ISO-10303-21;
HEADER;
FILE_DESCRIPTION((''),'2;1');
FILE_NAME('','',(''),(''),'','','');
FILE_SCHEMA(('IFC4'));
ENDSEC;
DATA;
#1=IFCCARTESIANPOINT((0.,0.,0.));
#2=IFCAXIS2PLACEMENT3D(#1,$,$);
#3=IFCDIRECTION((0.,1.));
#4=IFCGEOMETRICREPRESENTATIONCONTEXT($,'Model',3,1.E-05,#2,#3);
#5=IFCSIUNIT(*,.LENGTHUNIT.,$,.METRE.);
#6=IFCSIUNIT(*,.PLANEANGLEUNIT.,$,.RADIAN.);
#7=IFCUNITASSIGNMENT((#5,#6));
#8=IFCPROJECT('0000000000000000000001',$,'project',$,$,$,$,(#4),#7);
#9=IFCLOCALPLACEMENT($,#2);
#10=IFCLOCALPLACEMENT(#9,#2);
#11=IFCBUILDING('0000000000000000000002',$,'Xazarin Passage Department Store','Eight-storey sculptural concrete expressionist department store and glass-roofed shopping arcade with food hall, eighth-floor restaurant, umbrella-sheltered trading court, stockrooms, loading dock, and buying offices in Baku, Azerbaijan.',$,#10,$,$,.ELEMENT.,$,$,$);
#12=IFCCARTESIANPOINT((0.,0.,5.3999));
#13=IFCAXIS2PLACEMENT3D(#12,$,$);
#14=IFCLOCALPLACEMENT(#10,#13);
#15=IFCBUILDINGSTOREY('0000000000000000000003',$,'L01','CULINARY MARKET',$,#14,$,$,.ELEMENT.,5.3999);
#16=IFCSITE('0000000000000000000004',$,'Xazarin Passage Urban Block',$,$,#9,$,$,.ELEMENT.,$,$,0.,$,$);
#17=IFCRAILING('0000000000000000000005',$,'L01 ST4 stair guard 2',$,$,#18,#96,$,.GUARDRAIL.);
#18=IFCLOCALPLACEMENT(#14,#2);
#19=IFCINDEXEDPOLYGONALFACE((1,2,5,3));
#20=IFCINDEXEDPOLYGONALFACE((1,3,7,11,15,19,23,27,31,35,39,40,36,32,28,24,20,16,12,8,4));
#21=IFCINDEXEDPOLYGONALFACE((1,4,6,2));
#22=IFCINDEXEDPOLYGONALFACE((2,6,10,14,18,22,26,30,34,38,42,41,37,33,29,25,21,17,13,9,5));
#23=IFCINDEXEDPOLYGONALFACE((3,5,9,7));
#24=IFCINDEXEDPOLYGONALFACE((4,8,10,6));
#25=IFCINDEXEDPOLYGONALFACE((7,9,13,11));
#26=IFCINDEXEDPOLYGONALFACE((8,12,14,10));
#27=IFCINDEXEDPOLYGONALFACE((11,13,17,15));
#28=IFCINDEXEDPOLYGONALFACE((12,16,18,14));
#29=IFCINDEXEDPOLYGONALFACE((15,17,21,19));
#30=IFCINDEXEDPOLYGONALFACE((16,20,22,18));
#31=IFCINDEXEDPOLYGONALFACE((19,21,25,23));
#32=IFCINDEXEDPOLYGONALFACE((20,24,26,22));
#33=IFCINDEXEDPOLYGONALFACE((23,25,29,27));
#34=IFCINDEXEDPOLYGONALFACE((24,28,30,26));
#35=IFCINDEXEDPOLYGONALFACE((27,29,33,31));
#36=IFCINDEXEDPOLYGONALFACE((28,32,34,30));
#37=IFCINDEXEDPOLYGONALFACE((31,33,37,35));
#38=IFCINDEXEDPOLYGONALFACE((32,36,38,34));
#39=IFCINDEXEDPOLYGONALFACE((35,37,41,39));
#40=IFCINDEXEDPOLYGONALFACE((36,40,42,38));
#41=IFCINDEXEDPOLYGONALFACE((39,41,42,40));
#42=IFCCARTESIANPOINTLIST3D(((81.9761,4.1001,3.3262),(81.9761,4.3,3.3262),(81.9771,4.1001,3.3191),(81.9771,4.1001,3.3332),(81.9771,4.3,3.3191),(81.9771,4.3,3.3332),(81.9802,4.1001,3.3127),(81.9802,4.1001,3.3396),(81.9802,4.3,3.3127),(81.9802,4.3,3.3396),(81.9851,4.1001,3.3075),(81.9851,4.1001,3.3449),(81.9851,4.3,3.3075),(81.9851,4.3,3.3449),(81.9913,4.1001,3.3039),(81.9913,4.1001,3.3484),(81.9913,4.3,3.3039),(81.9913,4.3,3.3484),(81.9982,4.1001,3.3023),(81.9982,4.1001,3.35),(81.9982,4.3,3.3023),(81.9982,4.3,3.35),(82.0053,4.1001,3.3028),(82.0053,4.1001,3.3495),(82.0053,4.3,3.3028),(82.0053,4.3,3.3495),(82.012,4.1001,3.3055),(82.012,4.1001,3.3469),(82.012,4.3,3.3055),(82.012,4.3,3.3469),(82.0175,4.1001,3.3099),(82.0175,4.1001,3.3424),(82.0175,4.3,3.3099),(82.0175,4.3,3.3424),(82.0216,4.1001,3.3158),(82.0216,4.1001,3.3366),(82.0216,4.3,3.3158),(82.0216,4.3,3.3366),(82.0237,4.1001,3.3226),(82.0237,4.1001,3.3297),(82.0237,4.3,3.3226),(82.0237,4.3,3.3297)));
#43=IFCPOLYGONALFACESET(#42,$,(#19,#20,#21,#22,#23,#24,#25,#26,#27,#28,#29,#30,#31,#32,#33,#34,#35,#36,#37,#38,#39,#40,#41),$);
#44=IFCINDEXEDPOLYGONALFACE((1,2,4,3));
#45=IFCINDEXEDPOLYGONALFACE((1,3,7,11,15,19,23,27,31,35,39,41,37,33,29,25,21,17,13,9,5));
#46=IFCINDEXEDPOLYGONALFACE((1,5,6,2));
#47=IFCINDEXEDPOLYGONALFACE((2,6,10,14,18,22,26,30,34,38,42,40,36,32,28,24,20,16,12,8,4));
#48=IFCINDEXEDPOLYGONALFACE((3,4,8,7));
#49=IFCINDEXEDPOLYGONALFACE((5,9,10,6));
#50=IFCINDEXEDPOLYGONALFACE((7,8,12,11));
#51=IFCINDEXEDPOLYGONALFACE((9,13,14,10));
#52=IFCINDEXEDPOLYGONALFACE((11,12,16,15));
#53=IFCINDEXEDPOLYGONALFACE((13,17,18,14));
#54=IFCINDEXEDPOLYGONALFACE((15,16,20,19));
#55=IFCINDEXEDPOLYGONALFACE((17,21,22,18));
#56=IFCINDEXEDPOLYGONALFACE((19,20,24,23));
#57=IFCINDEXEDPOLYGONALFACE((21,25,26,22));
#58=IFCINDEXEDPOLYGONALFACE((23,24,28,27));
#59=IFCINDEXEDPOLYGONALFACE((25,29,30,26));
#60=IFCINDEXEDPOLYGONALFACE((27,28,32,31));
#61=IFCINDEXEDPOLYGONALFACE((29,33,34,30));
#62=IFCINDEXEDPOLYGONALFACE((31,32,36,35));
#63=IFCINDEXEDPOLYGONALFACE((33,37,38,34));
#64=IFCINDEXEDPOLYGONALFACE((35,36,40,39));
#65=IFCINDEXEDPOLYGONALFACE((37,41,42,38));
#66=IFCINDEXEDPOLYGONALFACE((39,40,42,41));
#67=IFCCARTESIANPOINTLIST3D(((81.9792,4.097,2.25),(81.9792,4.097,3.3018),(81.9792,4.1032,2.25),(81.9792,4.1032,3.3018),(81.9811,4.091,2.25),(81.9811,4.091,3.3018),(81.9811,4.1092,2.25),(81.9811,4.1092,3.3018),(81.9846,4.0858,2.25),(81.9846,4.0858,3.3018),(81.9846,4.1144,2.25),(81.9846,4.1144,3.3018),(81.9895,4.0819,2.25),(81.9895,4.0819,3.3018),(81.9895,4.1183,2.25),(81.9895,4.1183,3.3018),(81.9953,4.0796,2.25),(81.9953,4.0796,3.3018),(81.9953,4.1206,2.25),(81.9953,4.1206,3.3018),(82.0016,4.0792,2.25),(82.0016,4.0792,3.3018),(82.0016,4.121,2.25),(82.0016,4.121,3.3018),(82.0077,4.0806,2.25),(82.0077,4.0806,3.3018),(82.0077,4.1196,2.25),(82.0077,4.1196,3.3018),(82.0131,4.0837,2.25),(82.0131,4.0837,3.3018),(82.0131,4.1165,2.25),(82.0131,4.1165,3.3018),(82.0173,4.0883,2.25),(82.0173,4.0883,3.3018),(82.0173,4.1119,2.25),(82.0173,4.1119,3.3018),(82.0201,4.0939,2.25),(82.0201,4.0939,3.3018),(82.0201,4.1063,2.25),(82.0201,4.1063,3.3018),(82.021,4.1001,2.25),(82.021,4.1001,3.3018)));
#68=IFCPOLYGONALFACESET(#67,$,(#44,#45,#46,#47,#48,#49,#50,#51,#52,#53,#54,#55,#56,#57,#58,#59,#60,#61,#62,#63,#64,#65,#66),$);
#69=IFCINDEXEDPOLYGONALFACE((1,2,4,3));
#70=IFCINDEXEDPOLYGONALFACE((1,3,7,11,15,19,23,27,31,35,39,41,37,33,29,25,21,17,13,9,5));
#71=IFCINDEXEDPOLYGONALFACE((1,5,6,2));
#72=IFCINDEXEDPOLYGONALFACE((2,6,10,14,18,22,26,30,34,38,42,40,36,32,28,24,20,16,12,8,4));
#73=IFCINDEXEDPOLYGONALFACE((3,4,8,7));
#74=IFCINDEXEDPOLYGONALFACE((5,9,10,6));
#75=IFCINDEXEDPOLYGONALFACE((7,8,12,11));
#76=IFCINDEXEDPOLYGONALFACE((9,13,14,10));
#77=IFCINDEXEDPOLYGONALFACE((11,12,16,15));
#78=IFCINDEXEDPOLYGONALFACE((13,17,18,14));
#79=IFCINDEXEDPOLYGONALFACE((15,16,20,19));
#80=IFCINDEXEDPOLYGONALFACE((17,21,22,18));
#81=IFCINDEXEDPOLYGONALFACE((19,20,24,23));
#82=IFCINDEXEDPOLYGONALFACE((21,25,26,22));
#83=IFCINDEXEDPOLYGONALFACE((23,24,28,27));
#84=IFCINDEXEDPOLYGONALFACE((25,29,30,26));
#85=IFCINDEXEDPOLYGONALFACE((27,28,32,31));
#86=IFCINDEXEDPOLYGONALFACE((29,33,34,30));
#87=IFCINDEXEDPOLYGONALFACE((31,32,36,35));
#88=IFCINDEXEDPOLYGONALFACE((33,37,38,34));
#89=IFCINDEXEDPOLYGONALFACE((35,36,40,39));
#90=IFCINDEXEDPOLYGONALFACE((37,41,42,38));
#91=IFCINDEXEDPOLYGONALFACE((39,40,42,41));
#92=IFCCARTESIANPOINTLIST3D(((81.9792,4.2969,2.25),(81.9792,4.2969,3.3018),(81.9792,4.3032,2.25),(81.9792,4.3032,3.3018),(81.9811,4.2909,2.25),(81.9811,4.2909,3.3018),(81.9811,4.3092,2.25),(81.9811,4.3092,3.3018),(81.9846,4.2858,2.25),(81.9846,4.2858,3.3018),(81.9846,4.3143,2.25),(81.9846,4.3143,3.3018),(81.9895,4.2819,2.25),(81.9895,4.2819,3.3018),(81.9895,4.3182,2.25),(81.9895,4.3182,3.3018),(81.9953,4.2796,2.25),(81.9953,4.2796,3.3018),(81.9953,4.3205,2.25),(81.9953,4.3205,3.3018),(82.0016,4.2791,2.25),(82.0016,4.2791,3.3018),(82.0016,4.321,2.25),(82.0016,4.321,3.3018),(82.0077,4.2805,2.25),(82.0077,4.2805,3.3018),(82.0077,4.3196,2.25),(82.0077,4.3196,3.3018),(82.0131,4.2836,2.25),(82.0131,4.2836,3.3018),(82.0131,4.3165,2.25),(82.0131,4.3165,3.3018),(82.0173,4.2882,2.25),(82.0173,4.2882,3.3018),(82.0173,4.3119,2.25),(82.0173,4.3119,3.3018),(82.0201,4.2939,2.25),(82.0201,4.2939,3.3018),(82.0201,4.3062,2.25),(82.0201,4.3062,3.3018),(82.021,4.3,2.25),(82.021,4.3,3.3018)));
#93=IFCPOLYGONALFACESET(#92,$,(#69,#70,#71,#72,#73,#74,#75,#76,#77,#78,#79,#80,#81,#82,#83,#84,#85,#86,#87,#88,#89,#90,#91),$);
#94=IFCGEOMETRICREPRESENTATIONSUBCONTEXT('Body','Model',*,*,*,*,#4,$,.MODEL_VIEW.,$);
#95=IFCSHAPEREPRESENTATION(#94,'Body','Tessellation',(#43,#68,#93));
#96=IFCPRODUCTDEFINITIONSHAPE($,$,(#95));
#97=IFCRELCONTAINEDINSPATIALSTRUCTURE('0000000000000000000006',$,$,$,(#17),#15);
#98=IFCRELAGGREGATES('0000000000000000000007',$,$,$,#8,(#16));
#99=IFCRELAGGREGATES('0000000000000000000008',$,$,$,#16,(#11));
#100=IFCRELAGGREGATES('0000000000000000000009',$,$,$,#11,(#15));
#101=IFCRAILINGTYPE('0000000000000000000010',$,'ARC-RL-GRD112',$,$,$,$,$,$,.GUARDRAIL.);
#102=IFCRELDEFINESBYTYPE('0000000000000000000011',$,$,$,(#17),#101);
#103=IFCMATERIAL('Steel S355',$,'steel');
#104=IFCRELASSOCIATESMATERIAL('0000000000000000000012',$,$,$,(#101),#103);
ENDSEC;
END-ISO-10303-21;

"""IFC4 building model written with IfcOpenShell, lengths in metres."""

from ifc_helpers import new_model, si_unit, direction, frame, origin, origin_2d, place, context, subcontext, project, spatial, circle, extrude, material, type_object, element, save


model = new_model("IFC4")

# Units and contexts
model_context = context("Model", 3, precision=1e-05, world=origin(), true_north=direction((0.0, 1.0)))
body_context = subcontext(model_context, "Body", "Model", "MODEL_VIEW")
ifc_project = project(units=[si_unit("LENGTHUNIT", "METRE"), si_unit("PLANEANGLEUNIT", "RADIAN")], contexts=[model_context])

# Site, building, storey
site_placement = place(None, origin())
site = spatial("IfcSite", under=ifc_project, at=site_placement, Name="Xazarin Passage Urban Block", CompositionType="ELEMENT", RefElevation=0.0)
building_placement = place(site_placement, origin())
building = spatial("IfcBuilding", under=site, at=building_placement, Name="Xazarin Passage Department Store", Description="Eight-storey sculptural concrete expressionist department store and glass-roofed shopping arcade with food hall, eighth-floor restaurant, umbrella-sheltered trading court, stockrooms, loading dock, and buying offices in Baku, Azerbaijan.", CompositionType="ELEMENT")
storey_placement = place(building_placement, frame((0.0, 0.0, 5.3999)))
storey = spatial("IfcBuildingStorey", under=building, at=storey_placement, Name="L01", Description="CULINARY MARKET", CompositionType="ELEMENT", Elevation=5.3999)

# Railing
ifc_material_1 = material(Name="Steel S355", Category="steel")
railing_type_1 = type_object("IfcRailingType", Name="ARC-RL-GRD112", PredefinedType="GUARDRAIL", material=ifc_material_1)
railing_1_placement = place(storey_placement, frame((82.0, 4.1001, 2.25)))
element("IfcRailing", 1, at=railing_1_placement, inside=storey, type_object=railing_type_1, Name="L01 ST4 stair guard 2", PredefinedType="GUARDRAIL", context=body_context, shape_type="SweptSolid", body=[
    extrude(circle(Radius=0.0239, at=origin_2d()), frame((0.0, 0.0, 1.0762), z_axis=(0.0, 1.0, 0.0), x_axis=(-1.0, 0.0, 0.0)), (0.0, 0.0, 1.0), 0.2),
    extrude(circle(Radius=0.021, at=origin_2d()), origin(), (0.0, 0.0, 1.0), 1.0518),
    extrude(circle(Radius=0.021, at=origin_2d()), frame((0.0, 0.2, 0.0)), (0.0, 0.0, 1.0), 1.0518),
])

save(model, "model.ifc")
